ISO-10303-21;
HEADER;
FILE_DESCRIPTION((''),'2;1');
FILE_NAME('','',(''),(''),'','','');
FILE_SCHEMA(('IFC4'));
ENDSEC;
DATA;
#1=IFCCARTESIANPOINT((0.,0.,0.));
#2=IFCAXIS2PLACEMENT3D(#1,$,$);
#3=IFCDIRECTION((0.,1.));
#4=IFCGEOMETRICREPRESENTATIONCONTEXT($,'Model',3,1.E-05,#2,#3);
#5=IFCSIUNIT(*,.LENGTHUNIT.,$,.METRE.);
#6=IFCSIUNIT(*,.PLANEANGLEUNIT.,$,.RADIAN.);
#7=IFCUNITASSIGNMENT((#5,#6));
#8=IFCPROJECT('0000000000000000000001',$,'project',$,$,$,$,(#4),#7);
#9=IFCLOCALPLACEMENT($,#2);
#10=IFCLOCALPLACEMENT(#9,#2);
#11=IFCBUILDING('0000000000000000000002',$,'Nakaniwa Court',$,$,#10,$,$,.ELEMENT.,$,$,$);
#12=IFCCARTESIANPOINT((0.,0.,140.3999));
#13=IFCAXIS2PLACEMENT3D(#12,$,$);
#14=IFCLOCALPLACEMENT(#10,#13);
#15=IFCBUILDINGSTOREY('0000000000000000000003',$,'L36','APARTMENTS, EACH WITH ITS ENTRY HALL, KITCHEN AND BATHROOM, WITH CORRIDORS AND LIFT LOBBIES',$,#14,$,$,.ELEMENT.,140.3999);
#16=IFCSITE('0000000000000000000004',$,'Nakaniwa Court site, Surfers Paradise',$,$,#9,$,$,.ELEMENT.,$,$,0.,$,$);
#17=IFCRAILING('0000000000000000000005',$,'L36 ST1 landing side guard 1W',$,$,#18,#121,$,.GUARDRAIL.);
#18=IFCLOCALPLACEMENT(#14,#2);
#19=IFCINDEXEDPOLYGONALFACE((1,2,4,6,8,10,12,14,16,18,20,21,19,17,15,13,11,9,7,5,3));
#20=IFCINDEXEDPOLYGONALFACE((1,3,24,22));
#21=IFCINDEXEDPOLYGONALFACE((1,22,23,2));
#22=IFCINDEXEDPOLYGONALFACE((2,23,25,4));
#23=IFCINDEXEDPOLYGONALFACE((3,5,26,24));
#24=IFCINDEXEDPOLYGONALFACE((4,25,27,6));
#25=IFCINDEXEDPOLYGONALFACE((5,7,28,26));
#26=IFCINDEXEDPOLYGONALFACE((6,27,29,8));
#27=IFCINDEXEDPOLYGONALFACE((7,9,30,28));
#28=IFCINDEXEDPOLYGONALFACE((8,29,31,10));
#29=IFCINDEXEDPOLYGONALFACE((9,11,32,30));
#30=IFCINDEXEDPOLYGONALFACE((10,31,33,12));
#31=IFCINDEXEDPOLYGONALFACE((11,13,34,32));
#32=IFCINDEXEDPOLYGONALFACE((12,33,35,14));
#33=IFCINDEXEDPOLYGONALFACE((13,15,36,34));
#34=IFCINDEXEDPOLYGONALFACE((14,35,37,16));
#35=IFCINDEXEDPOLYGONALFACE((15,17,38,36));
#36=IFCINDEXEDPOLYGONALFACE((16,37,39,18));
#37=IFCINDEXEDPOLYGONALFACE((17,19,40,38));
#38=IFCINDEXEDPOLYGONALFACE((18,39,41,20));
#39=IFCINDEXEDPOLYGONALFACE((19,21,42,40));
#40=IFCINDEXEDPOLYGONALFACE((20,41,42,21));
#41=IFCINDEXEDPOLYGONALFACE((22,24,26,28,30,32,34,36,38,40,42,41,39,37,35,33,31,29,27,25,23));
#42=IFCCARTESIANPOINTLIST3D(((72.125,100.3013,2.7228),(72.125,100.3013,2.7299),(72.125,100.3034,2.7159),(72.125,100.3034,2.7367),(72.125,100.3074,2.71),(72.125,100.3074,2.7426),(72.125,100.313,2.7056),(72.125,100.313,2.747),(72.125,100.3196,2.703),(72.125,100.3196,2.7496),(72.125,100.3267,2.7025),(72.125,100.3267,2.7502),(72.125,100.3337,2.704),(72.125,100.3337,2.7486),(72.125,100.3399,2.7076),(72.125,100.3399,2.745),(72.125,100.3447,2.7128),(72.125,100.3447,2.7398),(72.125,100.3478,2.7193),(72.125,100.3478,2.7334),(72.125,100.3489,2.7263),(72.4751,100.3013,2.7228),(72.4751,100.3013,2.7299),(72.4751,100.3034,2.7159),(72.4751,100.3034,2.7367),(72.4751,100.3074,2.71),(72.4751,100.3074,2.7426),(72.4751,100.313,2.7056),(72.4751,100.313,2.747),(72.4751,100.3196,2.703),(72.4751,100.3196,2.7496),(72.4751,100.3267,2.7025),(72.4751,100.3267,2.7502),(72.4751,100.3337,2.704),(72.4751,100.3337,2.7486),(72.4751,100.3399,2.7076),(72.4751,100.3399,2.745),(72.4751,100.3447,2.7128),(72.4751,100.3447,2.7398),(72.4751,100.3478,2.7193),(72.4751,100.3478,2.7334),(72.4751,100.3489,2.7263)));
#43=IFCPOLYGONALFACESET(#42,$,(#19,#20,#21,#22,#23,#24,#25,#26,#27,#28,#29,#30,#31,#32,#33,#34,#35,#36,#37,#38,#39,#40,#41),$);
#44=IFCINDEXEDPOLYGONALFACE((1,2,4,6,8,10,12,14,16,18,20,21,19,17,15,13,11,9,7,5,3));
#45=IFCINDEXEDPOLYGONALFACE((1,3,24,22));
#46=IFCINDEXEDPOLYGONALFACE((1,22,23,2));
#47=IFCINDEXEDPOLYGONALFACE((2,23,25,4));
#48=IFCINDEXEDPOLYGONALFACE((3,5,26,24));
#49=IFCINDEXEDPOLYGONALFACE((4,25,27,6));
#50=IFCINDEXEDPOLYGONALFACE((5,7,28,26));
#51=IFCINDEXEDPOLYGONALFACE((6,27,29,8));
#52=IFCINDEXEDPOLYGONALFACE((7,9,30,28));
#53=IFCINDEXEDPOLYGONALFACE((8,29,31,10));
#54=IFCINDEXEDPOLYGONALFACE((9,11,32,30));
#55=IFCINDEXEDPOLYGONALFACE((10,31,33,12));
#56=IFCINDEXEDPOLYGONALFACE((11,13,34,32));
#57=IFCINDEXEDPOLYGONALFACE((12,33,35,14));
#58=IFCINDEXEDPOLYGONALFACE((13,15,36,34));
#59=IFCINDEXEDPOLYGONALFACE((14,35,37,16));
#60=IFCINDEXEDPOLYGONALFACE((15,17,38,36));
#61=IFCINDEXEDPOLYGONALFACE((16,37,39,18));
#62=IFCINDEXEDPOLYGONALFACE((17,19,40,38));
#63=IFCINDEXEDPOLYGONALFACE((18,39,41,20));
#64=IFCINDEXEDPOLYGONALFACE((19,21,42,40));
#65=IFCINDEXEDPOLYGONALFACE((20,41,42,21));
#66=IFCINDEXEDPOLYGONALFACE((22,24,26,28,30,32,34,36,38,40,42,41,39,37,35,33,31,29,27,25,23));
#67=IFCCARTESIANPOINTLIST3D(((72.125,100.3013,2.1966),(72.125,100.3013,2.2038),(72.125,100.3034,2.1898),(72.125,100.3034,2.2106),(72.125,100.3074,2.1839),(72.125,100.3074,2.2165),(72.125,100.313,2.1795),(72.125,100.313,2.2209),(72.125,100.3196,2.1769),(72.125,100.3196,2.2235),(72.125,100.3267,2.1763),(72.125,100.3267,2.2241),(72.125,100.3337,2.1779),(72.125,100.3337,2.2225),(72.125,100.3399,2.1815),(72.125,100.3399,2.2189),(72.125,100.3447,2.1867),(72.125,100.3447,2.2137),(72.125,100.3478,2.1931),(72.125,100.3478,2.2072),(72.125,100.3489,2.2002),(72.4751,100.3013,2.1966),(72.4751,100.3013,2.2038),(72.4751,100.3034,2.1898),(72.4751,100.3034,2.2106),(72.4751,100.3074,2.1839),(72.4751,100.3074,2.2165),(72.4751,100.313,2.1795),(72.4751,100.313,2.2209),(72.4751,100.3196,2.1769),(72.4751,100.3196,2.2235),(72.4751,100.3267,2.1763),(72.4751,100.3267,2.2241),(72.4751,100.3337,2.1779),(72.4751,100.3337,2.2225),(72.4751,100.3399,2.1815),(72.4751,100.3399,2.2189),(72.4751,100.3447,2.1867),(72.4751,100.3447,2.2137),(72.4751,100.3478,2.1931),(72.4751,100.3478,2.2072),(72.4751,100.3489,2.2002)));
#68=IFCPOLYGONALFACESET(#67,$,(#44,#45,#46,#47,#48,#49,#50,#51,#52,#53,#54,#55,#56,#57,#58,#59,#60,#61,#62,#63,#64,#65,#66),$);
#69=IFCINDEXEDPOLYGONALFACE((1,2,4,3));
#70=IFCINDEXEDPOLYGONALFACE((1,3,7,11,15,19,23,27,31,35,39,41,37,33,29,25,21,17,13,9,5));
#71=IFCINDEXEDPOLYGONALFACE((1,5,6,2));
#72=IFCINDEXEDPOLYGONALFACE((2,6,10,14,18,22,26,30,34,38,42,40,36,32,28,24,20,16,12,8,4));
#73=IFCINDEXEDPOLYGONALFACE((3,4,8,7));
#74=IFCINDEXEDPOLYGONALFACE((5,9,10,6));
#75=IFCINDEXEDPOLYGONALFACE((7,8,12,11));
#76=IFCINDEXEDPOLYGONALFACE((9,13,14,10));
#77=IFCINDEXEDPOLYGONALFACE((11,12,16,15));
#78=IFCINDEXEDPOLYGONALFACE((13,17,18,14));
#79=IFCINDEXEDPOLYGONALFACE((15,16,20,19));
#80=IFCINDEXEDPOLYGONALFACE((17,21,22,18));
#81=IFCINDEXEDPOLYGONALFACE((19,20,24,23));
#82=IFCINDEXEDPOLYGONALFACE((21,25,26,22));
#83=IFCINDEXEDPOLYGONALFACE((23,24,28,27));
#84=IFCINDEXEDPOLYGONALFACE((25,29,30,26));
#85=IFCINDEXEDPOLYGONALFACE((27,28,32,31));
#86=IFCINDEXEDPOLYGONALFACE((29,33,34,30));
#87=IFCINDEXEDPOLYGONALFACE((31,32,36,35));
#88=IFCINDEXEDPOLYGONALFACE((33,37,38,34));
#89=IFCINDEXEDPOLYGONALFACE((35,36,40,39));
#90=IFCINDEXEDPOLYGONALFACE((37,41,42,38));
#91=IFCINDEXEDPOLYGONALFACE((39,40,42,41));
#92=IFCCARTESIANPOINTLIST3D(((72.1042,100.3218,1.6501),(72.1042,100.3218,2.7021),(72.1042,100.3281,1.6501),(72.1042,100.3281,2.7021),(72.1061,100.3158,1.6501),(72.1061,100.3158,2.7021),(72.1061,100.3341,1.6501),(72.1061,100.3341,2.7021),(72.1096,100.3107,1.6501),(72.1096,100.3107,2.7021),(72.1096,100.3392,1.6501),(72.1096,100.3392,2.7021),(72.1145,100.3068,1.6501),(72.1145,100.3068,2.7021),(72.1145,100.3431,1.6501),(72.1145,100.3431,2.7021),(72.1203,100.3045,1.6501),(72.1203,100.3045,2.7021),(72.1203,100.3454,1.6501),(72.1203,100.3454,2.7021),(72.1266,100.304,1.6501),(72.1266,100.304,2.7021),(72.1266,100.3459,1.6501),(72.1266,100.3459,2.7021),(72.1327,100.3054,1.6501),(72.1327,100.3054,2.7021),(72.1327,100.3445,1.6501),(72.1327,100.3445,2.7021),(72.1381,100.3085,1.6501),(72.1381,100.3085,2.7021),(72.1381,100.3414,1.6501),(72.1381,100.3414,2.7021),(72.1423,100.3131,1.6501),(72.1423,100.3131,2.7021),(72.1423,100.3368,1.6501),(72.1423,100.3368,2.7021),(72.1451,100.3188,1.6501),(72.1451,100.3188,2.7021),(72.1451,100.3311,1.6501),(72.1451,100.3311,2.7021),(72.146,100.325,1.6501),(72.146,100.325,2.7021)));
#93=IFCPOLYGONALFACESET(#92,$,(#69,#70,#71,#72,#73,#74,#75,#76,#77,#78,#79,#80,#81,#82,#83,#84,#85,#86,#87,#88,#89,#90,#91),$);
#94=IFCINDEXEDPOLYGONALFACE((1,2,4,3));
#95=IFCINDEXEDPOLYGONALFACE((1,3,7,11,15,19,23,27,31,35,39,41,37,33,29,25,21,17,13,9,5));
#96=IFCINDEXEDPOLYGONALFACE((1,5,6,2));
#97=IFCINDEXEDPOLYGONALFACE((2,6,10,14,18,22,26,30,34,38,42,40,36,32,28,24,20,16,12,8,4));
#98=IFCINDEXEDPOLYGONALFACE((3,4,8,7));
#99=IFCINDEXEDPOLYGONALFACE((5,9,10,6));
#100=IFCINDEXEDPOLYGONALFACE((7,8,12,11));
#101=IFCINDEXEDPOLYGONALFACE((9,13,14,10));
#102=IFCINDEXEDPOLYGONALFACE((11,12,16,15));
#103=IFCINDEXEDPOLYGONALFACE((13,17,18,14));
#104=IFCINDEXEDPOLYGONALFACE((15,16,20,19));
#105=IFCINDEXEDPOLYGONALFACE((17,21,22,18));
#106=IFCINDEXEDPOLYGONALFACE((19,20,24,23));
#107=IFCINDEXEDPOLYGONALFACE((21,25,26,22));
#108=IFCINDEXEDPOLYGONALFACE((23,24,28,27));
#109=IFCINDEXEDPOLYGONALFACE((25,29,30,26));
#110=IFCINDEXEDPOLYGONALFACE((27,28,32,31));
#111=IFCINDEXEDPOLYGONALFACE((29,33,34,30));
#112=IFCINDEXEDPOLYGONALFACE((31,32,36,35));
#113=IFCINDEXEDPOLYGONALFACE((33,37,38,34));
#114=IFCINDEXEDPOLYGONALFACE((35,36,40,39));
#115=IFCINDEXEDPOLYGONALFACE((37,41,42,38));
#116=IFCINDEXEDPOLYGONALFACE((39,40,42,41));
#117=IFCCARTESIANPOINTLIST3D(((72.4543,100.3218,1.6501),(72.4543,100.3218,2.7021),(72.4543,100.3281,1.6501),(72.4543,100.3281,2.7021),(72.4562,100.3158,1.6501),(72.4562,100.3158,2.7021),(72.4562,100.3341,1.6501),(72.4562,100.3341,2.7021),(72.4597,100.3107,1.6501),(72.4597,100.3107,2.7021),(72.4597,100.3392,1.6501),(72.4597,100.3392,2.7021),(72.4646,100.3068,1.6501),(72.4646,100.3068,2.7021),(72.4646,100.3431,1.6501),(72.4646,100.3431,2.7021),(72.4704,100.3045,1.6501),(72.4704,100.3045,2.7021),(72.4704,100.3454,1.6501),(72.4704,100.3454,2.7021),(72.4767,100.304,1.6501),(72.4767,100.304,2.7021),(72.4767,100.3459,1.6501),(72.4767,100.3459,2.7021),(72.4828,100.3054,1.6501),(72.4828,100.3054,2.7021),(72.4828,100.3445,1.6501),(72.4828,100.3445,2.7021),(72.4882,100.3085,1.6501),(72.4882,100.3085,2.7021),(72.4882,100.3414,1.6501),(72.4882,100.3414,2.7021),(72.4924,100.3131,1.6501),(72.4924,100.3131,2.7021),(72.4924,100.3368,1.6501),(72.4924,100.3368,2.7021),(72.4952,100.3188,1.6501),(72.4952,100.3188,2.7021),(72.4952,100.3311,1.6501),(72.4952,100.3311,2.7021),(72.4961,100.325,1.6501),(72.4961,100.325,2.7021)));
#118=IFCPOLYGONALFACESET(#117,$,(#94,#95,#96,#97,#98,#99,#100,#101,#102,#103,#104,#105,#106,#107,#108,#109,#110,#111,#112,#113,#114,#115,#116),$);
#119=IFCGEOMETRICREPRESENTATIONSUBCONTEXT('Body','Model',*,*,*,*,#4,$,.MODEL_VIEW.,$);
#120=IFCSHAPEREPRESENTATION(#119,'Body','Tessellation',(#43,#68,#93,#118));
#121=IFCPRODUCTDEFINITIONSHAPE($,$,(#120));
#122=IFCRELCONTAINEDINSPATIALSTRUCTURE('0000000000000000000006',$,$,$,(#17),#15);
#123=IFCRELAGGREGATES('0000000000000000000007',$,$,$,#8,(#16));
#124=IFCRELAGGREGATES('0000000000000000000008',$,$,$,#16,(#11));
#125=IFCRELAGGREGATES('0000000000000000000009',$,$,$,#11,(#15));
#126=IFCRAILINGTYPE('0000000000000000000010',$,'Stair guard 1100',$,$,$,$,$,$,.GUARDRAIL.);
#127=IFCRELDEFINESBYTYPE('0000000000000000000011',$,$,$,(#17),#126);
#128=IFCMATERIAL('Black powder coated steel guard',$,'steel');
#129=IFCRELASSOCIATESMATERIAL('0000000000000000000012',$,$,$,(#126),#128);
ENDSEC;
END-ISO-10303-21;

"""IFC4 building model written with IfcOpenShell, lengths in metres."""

from ifc_helpers import new_model, si_unit, direction, frame, origin, origin_2d, place, context, subcontext, project, spatial, circle, extrude, material, type_object, element, save


model = new_model("IFC4")

# Units and contexts
model_context = context("Model", 3, precision=1e-05, world=origin(), true_north=direction((0.0, 1.0)))
body_context = subcontext(model_context, "Body", "Model", "MODEL_VIEW")
ifc_project = project(units=[si_unit("LENGTHUNIT", "METRE"), si_unit("PLANEANGLEUNIT", "RADIAN")], contexts=[model_context])

# Site, building, storey
site_placement = place(None, origin())
site = spatial("IfcSite", under=ifc_project, at=site_placement, Name="Nakaniwa Court site, Surfers Paradise", CompositionType="ELEMENT", RefElevation=0.0)
building_placement = place(site_placement, origin())
building = spatial("IfcBuilding", under=site, at=building_placement, Name="Nakaniwa Court", CompositionType="ELEMENT")
storey_placement = place(building_placement, frame((0.0, 0.0, 140.3999)))
storey = spatial("IfcBuildingStorey", under=building, at=storey_placement, Name="L36", Description="APARTMENTS, EACH WITH ITS ENTRY HALL, KITCHEN AND BATHROOM, WITH CORRIDORS AND LIFT LOBBIES", CompositionType="ELEMENT", Elevation=140.3999)

# Railing
ifc_material_1 = material(Name="Black powder coated steel guard", Category="steel")
railing_type_1 = type_object("IfcRailingType", Name="Stair guard 1100", PredefinedType="GUARDRAIL", material=ifc_material_1)
for number, where, name in (
    (1, (72.125, 100.325, 1.6501), "L36 ST1 landing side guard 1W"),
):
    element("IfcRailing", number, at=place(storey_placement, frame(where)), inside=storey, type_object=railing_type_1, Name=name, PredefinedType="GUARDRAIL", context=body_context, shape_type="SweptSolid", body=[
        extrude(circle(Radius=0.0239, at=origin_2d()), frame((0.0, 0.0, 1.0762), z_axis=(1.0, 0.0, 0.0), x_axis=(0.0, 1.0, 0.0)), (0.0, 0.0, 1.0), 0.3501),
        extrude(circle(Radius=0.0239, at=origin_2d()), frame((0.0, 0.0, 0.55), z_axis=(1.0, 0.0, 0.0), x_axis=(0.0, 1.0, 0.0)), (0.0, 0.0, 1.0), 0.3501),
        extrude(circle(Radius=0.021, at=origin_2d()), origin(), (0.0, 0.0, 1.0), 1.052),
        extrude(circle(Radius=0.021, at=origin_2d()), frame((0.3501, 0.0, 0.0)), (0.0, 0.0, 1.0), 1.052),
    ])

save(model, "model.ifc")
